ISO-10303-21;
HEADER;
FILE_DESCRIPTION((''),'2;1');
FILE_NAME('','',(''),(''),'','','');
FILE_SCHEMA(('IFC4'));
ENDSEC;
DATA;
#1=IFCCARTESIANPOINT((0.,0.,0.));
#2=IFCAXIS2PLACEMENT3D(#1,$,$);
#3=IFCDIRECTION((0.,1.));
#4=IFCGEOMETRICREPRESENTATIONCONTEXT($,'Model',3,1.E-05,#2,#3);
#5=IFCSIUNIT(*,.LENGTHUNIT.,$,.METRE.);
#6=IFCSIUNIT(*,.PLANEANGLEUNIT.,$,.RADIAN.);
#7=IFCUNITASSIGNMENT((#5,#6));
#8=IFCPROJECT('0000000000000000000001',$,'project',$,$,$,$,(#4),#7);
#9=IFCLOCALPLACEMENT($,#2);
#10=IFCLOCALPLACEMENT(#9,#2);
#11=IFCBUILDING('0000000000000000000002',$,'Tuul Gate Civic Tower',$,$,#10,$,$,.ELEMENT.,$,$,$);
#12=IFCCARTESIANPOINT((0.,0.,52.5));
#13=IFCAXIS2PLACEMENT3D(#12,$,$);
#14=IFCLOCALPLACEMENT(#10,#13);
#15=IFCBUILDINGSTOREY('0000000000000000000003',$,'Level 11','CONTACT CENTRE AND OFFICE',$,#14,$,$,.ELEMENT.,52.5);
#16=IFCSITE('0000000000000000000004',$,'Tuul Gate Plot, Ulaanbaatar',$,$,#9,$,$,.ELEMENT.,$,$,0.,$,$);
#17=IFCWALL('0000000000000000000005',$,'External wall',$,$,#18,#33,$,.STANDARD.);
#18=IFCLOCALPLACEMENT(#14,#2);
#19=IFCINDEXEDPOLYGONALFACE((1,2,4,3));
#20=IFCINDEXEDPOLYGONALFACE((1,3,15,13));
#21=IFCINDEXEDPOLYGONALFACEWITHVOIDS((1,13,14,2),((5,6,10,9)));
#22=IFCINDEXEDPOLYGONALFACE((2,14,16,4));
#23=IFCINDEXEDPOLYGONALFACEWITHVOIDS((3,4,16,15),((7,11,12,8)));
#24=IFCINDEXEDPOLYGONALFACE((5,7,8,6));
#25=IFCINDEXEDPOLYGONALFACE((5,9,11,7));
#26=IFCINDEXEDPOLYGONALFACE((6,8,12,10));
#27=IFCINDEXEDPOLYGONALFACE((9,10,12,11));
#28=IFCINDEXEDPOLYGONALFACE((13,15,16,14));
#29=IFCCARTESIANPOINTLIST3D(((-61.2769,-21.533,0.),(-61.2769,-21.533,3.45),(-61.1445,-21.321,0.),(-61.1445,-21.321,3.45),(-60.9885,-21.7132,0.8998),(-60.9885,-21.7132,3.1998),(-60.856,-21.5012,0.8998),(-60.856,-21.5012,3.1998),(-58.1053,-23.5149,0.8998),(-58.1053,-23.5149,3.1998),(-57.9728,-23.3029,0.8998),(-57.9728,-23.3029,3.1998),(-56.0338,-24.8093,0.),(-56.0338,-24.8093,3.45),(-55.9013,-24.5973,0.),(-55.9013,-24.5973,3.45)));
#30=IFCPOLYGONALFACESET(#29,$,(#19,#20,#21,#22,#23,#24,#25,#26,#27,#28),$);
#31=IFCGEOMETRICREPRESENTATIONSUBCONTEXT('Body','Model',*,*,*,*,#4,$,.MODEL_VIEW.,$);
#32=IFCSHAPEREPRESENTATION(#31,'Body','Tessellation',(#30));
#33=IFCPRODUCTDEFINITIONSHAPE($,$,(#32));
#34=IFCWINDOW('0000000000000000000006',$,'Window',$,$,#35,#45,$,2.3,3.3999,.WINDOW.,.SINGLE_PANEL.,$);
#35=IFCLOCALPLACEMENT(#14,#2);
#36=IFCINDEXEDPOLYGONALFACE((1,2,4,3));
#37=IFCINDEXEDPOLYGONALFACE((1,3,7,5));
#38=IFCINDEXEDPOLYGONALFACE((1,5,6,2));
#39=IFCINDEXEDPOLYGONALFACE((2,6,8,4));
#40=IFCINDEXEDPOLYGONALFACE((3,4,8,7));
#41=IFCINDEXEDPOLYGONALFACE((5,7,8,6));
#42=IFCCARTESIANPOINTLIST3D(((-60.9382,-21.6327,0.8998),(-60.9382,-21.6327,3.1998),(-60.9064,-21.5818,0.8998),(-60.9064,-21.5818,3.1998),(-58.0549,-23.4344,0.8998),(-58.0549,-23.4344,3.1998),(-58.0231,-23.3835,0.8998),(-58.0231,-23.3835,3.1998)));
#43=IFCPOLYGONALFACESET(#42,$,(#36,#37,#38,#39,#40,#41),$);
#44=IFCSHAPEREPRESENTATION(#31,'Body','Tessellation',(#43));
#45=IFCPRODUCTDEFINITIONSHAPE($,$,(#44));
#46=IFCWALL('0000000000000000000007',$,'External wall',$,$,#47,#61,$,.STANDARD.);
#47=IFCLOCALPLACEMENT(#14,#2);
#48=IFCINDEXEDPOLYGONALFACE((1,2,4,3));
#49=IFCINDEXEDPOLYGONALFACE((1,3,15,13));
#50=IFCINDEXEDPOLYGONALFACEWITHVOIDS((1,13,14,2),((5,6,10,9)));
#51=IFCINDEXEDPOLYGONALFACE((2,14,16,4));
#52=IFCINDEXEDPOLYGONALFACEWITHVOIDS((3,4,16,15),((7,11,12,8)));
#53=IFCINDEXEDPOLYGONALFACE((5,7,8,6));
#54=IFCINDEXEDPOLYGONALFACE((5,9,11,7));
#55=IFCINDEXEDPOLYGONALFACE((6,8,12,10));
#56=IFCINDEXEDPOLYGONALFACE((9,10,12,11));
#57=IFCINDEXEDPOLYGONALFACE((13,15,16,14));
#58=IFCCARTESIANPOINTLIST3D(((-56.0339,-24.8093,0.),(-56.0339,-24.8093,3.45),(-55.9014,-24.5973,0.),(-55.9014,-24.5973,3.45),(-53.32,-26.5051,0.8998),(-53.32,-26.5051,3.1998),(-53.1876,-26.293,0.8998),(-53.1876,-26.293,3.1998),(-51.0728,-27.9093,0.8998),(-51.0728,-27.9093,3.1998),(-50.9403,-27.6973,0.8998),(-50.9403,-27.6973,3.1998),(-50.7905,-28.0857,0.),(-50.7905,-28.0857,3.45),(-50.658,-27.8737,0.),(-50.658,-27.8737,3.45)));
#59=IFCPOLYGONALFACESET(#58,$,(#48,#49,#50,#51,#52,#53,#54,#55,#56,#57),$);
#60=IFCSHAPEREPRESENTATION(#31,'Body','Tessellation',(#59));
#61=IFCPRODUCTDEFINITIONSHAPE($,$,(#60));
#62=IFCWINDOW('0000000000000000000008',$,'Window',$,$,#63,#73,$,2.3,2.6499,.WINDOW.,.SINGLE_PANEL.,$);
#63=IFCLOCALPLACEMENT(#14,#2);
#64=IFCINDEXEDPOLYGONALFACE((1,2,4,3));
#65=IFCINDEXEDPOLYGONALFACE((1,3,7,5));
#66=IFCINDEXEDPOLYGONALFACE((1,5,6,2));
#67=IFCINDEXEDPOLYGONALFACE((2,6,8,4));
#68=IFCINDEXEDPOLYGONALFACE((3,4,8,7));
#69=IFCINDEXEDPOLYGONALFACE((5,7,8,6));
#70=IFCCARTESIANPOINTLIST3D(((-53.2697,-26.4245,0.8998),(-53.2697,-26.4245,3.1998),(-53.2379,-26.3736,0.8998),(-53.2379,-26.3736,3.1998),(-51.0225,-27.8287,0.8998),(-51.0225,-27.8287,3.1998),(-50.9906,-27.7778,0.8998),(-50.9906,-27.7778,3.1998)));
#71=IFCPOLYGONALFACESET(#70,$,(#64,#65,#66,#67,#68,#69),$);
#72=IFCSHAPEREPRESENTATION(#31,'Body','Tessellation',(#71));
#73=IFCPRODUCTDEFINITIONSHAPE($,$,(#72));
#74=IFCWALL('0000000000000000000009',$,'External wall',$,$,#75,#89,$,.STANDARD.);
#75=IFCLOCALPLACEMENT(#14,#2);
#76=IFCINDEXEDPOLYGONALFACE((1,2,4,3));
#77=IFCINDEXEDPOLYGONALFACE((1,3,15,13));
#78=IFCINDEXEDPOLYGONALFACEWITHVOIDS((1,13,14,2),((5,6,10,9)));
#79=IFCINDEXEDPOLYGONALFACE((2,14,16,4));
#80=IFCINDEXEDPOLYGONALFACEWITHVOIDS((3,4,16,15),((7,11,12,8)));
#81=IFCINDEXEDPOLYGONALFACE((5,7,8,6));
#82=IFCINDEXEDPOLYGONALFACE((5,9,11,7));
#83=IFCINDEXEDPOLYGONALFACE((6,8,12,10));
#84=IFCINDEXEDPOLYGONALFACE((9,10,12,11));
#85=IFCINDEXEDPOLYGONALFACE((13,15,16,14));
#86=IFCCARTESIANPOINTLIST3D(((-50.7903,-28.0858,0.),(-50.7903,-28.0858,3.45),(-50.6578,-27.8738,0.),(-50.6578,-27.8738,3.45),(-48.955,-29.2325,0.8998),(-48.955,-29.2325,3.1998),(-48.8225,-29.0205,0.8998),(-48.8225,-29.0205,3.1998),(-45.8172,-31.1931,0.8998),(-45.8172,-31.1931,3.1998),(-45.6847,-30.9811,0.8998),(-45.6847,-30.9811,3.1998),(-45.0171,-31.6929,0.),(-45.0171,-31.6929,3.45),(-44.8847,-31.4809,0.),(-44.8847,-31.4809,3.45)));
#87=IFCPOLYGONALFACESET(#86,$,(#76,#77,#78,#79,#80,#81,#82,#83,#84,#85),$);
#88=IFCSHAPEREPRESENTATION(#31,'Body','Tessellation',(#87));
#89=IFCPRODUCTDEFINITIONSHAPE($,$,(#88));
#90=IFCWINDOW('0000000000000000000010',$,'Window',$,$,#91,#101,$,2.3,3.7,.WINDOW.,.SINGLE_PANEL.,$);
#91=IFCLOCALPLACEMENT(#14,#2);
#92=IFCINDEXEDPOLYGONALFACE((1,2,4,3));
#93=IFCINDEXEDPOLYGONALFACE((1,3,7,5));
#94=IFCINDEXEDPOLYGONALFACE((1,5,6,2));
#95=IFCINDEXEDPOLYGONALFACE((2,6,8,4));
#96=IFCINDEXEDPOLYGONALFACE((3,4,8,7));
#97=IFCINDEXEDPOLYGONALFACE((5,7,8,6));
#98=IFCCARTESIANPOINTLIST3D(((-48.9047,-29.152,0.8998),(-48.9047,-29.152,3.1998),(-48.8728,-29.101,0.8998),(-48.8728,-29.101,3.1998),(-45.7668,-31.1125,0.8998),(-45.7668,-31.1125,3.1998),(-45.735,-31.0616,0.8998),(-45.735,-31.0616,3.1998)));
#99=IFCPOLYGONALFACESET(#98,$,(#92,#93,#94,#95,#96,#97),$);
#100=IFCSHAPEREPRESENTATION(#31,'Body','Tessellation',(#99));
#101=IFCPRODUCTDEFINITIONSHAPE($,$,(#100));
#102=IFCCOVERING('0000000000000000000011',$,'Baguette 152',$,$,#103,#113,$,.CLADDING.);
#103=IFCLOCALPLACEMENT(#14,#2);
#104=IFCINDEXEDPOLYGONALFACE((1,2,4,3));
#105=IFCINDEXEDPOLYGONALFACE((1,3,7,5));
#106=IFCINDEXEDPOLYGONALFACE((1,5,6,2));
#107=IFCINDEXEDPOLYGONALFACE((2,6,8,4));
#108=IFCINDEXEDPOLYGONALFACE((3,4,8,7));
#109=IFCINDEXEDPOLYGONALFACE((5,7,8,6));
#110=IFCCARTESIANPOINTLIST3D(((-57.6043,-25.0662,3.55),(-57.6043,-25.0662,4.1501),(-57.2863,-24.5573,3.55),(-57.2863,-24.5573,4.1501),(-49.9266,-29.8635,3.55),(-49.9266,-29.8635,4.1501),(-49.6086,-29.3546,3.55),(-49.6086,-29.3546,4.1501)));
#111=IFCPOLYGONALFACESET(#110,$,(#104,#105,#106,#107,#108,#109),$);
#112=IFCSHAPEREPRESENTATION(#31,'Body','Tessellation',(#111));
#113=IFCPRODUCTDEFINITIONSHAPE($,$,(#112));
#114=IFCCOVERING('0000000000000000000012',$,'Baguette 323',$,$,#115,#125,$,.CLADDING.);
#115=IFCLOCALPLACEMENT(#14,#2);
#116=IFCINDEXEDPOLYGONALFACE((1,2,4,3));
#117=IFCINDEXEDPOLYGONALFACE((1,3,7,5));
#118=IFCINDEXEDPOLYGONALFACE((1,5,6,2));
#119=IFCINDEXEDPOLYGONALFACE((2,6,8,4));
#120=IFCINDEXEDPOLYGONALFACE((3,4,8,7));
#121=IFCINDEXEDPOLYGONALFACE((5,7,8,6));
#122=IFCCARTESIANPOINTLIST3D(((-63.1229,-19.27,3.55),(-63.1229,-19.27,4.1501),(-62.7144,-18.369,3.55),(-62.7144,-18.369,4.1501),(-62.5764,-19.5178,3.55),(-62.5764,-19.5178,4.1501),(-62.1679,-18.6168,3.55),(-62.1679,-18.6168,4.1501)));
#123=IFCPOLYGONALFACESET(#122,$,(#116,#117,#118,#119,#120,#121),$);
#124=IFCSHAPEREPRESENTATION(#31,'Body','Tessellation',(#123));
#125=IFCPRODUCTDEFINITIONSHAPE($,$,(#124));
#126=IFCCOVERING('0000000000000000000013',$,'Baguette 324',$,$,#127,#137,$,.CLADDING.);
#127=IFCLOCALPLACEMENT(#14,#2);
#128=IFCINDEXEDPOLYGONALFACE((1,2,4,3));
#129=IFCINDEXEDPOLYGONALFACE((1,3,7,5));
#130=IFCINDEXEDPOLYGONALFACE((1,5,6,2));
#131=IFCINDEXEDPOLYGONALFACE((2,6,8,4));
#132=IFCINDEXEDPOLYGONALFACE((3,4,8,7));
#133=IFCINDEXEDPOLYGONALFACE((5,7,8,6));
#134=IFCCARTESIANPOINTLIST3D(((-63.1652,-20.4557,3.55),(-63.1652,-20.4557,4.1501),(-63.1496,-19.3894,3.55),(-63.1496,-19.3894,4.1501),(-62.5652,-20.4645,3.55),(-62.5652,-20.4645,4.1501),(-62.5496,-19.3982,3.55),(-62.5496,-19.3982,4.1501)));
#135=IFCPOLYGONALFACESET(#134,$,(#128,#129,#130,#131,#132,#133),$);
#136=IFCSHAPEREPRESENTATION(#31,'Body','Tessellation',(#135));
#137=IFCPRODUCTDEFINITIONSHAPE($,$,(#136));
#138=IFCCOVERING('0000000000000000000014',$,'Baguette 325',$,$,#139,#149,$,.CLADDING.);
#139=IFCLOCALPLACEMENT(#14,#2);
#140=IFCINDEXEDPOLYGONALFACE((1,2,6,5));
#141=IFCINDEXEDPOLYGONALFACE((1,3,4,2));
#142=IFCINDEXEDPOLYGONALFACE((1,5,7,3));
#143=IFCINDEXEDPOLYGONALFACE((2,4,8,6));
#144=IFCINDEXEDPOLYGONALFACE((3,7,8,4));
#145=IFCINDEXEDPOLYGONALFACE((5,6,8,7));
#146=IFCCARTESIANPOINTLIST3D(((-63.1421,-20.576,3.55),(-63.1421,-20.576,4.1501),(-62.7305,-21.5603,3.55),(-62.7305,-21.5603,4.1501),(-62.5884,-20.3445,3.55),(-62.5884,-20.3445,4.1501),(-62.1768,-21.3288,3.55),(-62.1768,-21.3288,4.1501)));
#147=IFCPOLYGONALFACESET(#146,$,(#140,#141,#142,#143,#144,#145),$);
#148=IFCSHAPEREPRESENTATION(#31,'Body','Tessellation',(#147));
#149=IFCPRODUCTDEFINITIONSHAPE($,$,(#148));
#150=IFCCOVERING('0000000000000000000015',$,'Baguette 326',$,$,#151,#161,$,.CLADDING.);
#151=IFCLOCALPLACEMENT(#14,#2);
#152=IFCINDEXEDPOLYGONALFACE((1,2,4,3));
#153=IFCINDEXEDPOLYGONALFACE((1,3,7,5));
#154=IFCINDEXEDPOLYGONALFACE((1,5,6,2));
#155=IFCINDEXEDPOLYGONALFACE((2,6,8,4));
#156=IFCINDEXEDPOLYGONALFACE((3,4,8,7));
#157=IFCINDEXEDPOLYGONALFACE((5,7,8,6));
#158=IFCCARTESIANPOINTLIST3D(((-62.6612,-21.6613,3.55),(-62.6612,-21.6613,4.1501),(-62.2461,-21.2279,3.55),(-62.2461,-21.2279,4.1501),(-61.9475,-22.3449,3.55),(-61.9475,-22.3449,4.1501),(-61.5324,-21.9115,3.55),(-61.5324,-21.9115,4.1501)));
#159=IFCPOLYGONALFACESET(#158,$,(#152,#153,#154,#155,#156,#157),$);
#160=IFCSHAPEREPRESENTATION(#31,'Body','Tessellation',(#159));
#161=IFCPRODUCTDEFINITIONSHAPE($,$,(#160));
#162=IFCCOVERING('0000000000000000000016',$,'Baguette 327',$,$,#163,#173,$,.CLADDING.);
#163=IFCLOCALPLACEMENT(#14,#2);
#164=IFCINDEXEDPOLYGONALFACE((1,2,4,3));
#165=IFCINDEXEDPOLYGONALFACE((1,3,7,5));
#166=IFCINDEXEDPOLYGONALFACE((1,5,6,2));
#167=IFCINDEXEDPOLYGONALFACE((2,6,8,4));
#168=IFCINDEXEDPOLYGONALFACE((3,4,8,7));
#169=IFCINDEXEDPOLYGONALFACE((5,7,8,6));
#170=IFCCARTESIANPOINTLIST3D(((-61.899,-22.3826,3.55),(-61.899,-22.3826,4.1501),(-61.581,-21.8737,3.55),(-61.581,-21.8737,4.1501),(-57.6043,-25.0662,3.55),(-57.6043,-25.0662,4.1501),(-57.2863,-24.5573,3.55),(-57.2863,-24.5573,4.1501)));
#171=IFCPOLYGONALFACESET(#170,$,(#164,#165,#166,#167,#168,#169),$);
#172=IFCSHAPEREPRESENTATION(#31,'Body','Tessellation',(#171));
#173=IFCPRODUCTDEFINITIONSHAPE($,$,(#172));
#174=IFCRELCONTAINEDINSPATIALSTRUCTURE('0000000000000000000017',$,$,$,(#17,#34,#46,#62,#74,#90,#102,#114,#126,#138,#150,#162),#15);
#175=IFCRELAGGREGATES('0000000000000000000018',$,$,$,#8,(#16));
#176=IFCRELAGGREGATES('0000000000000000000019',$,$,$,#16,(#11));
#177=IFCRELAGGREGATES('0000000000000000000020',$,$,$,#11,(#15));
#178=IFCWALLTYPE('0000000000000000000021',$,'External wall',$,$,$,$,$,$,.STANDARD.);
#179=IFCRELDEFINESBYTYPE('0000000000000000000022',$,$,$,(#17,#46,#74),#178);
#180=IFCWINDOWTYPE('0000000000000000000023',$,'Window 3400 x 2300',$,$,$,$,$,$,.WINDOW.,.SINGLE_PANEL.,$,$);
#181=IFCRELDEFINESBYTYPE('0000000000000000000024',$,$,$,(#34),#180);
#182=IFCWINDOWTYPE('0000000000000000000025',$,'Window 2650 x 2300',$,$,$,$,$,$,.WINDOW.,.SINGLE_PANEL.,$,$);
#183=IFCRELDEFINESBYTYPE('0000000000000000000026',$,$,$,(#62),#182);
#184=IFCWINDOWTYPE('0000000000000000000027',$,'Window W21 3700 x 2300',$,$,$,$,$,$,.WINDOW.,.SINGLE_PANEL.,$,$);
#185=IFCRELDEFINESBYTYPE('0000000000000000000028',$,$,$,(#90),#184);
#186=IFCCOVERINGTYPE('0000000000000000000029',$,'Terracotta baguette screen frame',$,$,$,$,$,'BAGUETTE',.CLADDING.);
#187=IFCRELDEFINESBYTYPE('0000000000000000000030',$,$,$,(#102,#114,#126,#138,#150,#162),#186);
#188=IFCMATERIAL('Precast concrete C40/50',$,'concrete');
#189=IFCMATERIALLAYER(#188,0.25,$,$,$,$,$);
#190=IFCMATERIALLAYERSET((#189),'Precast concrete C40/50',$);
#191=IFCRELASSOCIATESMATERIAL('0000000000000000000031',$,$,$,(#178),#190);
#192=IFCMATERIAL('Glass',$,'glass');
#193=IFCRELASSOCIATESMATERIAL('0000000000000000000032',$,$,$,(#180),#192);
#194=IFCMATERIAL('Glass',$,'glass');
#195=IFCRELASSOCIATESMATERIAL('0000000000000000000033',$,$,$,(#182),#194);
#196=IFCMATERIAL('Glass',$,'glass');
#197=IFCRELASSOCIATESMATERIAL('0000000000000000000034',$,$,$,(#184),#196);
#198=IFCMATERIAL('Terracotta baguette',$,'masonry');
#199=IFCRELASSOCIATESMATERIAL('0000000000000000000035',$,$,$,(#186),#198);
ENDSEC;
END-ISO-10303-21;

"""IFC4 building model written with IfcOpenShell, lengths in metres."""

from ifc_helpers import new_model, si_unit, direction, frame, frame_2d, origin, origin_2d, place, context, subcontext, project, spatial, rectangle, extrude, material, layer, layer_set, material_profile, profile_set, type_object, element, fill, save


model = new_model("IFC4")

# Units and contexts
model_context = context("Model", 3, precision=1e-05, world=origin(), true_north=direction((0.0, 1.0)))
body_context = subcontext(model_context, "Body", "Model", "MODEL_VIEW")
ifc_project = project(units=[si_unit("LENGTHUNIT", "METRE"), si_unit("PLANEANGLEUNIT", "RADIAN")], contexts=[model_context])

# Site, building, storey
site_placement = place(None, origin())
site = spatial("IfcSite", under=ifc_project, at=site_placement, Name="Tuul Gate Plot, Ulaanbaatar", CompositionType="ELEMENT", RefElevation=0.0)
building_placement = place(site_placement, origin())
building = spatial("IfcBuilding", under=site, at=building_placement, Name="Tuul Gate Civic Tower", CompositionType="ELEMENT")
storey_placement = place(building_placement, frame((0.0, 0.0, 52.5)))
storey = spatial("IfcBuildingStorey", under=building, at=storey_placement, Name="Level 11", Description="CONTACT CENTRE AND OFFICE", CompositionType="ELEMENT", Elevation=52.5)

# Shared definitions
ifc_material_1 = material(Name="Precast concrete C40/50", Category="concrete")
ifc_layer_1 = layer(ifc_material_1, 0.25)
ifc_layer_set_1 = layer_set([ifc_layer_1], Name="Precast concrete C40/50")
wall_type_1 = type_object("IfcWallType", Name="External wall", PredefinedType="STANDARD", material=ifc_layer_set_1)

# Walls, openings, windows
wall_1_placement = place(storey_placement, frame((-61.2107, -21.427, 0.0), z_axis=(0.0, 0.0, 1.0), x_axis=(0.848043, -0.529928, 0.0)))
wall_1 = element("IfcWall", 1, at=wall_1_placement, inside=storey, type_object=wall_type_1, Name="External wall", PredefinedType="STANDARD", context=body_context, shape_type="SweptSolid", body=[
    extrude(rectangle(XDim=6.1826, YDim=0.25, at=frame_2d((3.0913, 0.0))), origin(), (0.0, 0.0, 1.0), 3.45),
])
opening_1_placement = place(wall_1_placement, frame((0.3401, 0.0, 0.8999)))
opening_1 = element("IfcOpeningElement", 2, at=opening_1_placement, cuts=wall_1, PredefinedType="OPENING", context=body_context, shape_type="SweptSolid", body=[
    extrude(rectangle(XDim=3.3999, YDim=2.3, at=frame_2d((1.7, 1.1499))), frame((0.0, 0.135, 0.0), z_axis=(0.0, -1.0, 0.0), x_axis=(1.0, 0.0, 0.0)), (0.0, 0.0, 1.0), 0.27),
])
ifc_material_2 = material(Name="Glass", Category="glass")
window_type_1 = type_object("IfcWindowType", Name="Window 3400 x 2300", PartitioningType="SINGLE_PANEL", PredefinedType="WINDOW", material=ifc_material_2)
window_1_placement = place(opening_1_placement, origin())
window_1 = element("IfcWindow", 3, at=window_1_placement, inside=storey, type_object=window_type_1, Name="Window", OverallHeight=2.3, OverallWidth=3.3999, PartitioningType="SINGLE_PANEL", PredefinedType="WINDOW", context=body_context, shape_type="SweptSolid", body=[
    extrude(rectangle(XDim=3.3999, YDim=2.3, at=frame_2d((1.7, 1.1499))), frame((0.0, 0.03, 0.0), z_axis=(0.0, -1.0, 0.0), x_axis=(1.0, 0.0, 0.0)), (0.0, 0.0, 1.0), 0.0601),
])
fill(opening_1, window_1)
wall_2_placement = place(storey_placement, frame((-55.9675, -24.7034, 0.0), z_axis=(0.0, 0.0, 1.0), x_axis=(0.848054, -0.52991, 0.0)))
wall_2 = element("IfcWall", 4, at=wall_2_placement, inside=storey, type_object=wall_type_1, Name="External wall", PredefinedType="STANDARD", context=body_context, shape_type="SweptSolid", body=[
    extrude(rectangle(XDim=6.1829, YDim=0.25, at=frame_2d((3.0913, 0.0))), origin(), (0.0, 0.0, 1.0), 3.45),
])
opening_2_placement = place(wall_2_placement, frame((3.2, 0.0, 0.8999)))
opening_2 = element("IfcOpeningElement", 5, at=opening_2_placement, cuts=wall_2, PredefinedType="OPENING", context=body_context, shape_type="SweptSolid", body=[
    extrude(rectangle(XDim=2.6499, YDim=2.3, at=frame_2d((1.325, 1.1499))), frame((0.0, 0.135, 0.0), z_axis=(0.0, -1.0, 0.0), x_axis=(1.0, 0.0, 0.0)), (0.0, 0.0, 1.0), 0.27),
])
ifc_material_3 = material(Name="Glass", Category="glass")
window_type_2 = type_object("IfcWindowType", Name="Window 2650 x 2300", PartitioningType="SINGLE_PANEL", PredefinedType="WINDOW", material=ifc_material_3)
window_2_placement = place(opening_2_placement, origin())
window_2 = element("IfcWindow", 6, at=window_2_placement, inside=storey, type_object=window_type_2, Name="Window", OverallHeight=2.3, OverallWidth=2.6499, PartitioningType="SINGLE_PANEL", PredefinedType="WINDOW", context=body_context, shape_type="SweptSolid", body=[
    extrude(rectangle(XDim=2.6499, YDim=2.3, at=frame_2d((1.325, 1.1499))), frame((0.0, 0.03, 0.0), z_axis=(0.0, -1.0, 0.0), x_axis=(1.0, 0.0, 0.0)), (0.0, 0.0, 1.0), 0.0601),
])
fill(opening_2, window_2)
wall_3_placement = place(storey_placement, frame((-50.7241, -27.9797, 0.0), z_axis=(0.0, 0.0, 1.0), x_axis=(0.848069, -0.529886, 0.0)))
wall_3 = element("IfcWall", 7, at=wall_3_placement, inside=storey, type_object=wall_type_1, Name="External wall", PredefinedType="STANDARD", context=body_context, shape_type="SweptSolid", body=[
    extrude(rectangle(XDim=6.8074, YDim=0.25, at=frame_2d((3.4038, 0.0))), origin(), (0.0, 0.0, 1.0), 3.45),
])
opening_3_placement = place(wall_3_placement, frame((2.1641, 0.0, 0.8999)))
opening_3 = element("IfcOpeningElement", 8, at=opening_3_placement, cuts=wall_3, PredefinedType="OPENING", context=body_context, shape_type="SweptSolid", body=[
    extrude(rectangle(XDim=3.7, YDim=2.3, at=frame_2d((1.8501, 1.1499))), frame((0.0, 0.135, 0.0), z_axis=(0.0, -1.0, 0.0), x_axis=(1.0, 0.0, 0.0)), (0.0, 0.0, 1.0), 0.27),
])
ifc_material_4 = material(Name="Glass", Category="glass")
window_type_3 = type_object("IfcWindowType", Name="Window W21 3700 x 2300", PartitioningType="SINGLE_PANEL", PredefinedType="WINDOW", material=ifc_material_4)
window_3_placement = place(opening_3_placement, origin())
window_3 = element("IfcWindow", 9, at=window_3_placement, inside=storey, type_object=window_type_3, Name="Window", OverallHeight=2.3, OverallWidth=3.7, PartitioningType="SINGLE_PANEL", PredefinedType="WINDOW", context=body_context, shape_type="SweptSolid", body=[
    extrude(rectangle(XDim=3.7, YDim=2.3, at=frame_2d((1.8501, 1.1499))), frame((0.0, 0.03, 0.0), z_axis=(0.0, -1.0, 0.0), x_axis=(1.0, 0.0, 0.0)), (0.0, 0.0, 1.0), 0.0601),
])
fill(opening_3, window_3)

# Coverings
ifc_material_5 = material(Name="Terracotta baguette", Category="masonry")
ifc_material_profile_1 = material_profile(ifc_material_5, rectangle(XDim=0.6001, YDim=0.6001, at=origin_2d()), Name="Terracotta baguette screen frame")
ifc_profile_set_1 = profile_set([ifc_material_profile_1], Name="Terracotta baguette")
covering_type = type_object("IfcCoveringType", Name="Terracotta baguette screen frame", ElementType="BAGUETTE", PredefinedType="CLADDING", material=ifc_profile_set_1)
covering_1_placement = place(storey_placement, frame((-57.4453, -24.8118, 3.8501), z_axis=(0.848059, -0.529902, 0.0), x_axis=(0.529902, 0.848059, 0.0)))
element("IfcCovering", 10, at=covering_1_placement, inside=storey, type_object=covering_type, Name="Baguette 152", PredefinedType="CLADDING", context=body_context, shape_type="SweptSolid", body=[
    extrude(rectangle(XDim=0.6001, YDim=0.6001, at=origin_2d()), origin(), (0.0, 0.0, 1.0), 9.0532),
])
covering_2_placement = place(storey_placement, frame((-62.4412, -18.4929, 3.8501), z_axis=(-0.412929, -0.910763, 0.0), x_axis=(0.910763, -0.412929, 0.0)))
element("IfcCovering", 11, at=covering_2_placement, inside=storey, type_object=covering_type, Name="Baguette 323", PredefinedType="CLADDING", context=body_context, shape_type="SweptSolid", body=[
    extrude(rectangle(XDim=0.6001, YDim=0.6001, at=origin_2d()), origin(), (0.0, 0.0, 1.0), 0.9893),
])
covering_3_placement = place(storey_placement, frame((-62.8496, -19.3938, 3.8501), z_axis=(-0.01465, -0.999893, 0.0), x_axis=(0.999893, -0.01465, 0.0)))
element("IfcCovering", 12, at=covering_3_placement, inside=storey, type_object=covering_type, Name="Baguette 324", PredefinedType="CLADDING", context=body_context, shape_type="SweptSolid", body=[
    extrude(rectangle(XDim=0.6001, YDim=0.6001, at=origin_2d()), origin(), (0.0, 0.0, 1.0), 1.0664),
])
covering_4_placement = place(storey_placement, frame((-62.8652, -20.4602, 3.8501), z_axis=(0.385785, -0.922589, 0.0), x_axis=(0.922589, 0.385785, 0.0)))
element("IfcCovering", 13, at=covering_4_placement, inside=storey, type_object=covering_type, Name="Baguette 325", PredefinedType="CLADDING", context=body_context, shape_type="SweptSolid", body=[
    extrude(rectangle(XDim=0.6001, YDim=0.6001, at=origin_2d()), origin(), (0.0, 0.0, 1.0), 1.0669),
])
covering_5_placement = place(storey_placement, frame((-62.4536, -21.4446, 3.8501), z_axis=(0.722137, -0.69175, 0.0), x_axis=(0.69175, 0.722137, 0.0)))
element("IfcCovering", 14, at=covering_5_placement, inside=storey, type_object=covering_type, Name="Baguette 326", PredefinedType="CLADDING", context=body_context, shape_type="SweptSolid", body=[
    extrude(rectangle(XDim=0.6001, YDim=0.6001, at=origin_2d()), origin(), (0.0, 0.0, 1.0), 0.9883),
])
covering_6_placement = place(storey_placement, frame((-61.74, -22.1282, 3.8501), z_axis=(0.84805, -0.529917, 0.0), x_axis=(0.529917, 0.84805, 0.0)))
element("IfcCovering", 15, at=covering_6_placement, inside=storey, type_object=covering_type, Name="Baguette 327", PredefinedType="CLADDING", context=body_context, shape_type="SweptSolid", body=[
    extrude(rectangle(XDim=0.6001, YDim=0.6001, at=origin_2d()), origin(), (0.0, 0.0, 1.0), 5.0642),
])

save(model, "model.ifc")
